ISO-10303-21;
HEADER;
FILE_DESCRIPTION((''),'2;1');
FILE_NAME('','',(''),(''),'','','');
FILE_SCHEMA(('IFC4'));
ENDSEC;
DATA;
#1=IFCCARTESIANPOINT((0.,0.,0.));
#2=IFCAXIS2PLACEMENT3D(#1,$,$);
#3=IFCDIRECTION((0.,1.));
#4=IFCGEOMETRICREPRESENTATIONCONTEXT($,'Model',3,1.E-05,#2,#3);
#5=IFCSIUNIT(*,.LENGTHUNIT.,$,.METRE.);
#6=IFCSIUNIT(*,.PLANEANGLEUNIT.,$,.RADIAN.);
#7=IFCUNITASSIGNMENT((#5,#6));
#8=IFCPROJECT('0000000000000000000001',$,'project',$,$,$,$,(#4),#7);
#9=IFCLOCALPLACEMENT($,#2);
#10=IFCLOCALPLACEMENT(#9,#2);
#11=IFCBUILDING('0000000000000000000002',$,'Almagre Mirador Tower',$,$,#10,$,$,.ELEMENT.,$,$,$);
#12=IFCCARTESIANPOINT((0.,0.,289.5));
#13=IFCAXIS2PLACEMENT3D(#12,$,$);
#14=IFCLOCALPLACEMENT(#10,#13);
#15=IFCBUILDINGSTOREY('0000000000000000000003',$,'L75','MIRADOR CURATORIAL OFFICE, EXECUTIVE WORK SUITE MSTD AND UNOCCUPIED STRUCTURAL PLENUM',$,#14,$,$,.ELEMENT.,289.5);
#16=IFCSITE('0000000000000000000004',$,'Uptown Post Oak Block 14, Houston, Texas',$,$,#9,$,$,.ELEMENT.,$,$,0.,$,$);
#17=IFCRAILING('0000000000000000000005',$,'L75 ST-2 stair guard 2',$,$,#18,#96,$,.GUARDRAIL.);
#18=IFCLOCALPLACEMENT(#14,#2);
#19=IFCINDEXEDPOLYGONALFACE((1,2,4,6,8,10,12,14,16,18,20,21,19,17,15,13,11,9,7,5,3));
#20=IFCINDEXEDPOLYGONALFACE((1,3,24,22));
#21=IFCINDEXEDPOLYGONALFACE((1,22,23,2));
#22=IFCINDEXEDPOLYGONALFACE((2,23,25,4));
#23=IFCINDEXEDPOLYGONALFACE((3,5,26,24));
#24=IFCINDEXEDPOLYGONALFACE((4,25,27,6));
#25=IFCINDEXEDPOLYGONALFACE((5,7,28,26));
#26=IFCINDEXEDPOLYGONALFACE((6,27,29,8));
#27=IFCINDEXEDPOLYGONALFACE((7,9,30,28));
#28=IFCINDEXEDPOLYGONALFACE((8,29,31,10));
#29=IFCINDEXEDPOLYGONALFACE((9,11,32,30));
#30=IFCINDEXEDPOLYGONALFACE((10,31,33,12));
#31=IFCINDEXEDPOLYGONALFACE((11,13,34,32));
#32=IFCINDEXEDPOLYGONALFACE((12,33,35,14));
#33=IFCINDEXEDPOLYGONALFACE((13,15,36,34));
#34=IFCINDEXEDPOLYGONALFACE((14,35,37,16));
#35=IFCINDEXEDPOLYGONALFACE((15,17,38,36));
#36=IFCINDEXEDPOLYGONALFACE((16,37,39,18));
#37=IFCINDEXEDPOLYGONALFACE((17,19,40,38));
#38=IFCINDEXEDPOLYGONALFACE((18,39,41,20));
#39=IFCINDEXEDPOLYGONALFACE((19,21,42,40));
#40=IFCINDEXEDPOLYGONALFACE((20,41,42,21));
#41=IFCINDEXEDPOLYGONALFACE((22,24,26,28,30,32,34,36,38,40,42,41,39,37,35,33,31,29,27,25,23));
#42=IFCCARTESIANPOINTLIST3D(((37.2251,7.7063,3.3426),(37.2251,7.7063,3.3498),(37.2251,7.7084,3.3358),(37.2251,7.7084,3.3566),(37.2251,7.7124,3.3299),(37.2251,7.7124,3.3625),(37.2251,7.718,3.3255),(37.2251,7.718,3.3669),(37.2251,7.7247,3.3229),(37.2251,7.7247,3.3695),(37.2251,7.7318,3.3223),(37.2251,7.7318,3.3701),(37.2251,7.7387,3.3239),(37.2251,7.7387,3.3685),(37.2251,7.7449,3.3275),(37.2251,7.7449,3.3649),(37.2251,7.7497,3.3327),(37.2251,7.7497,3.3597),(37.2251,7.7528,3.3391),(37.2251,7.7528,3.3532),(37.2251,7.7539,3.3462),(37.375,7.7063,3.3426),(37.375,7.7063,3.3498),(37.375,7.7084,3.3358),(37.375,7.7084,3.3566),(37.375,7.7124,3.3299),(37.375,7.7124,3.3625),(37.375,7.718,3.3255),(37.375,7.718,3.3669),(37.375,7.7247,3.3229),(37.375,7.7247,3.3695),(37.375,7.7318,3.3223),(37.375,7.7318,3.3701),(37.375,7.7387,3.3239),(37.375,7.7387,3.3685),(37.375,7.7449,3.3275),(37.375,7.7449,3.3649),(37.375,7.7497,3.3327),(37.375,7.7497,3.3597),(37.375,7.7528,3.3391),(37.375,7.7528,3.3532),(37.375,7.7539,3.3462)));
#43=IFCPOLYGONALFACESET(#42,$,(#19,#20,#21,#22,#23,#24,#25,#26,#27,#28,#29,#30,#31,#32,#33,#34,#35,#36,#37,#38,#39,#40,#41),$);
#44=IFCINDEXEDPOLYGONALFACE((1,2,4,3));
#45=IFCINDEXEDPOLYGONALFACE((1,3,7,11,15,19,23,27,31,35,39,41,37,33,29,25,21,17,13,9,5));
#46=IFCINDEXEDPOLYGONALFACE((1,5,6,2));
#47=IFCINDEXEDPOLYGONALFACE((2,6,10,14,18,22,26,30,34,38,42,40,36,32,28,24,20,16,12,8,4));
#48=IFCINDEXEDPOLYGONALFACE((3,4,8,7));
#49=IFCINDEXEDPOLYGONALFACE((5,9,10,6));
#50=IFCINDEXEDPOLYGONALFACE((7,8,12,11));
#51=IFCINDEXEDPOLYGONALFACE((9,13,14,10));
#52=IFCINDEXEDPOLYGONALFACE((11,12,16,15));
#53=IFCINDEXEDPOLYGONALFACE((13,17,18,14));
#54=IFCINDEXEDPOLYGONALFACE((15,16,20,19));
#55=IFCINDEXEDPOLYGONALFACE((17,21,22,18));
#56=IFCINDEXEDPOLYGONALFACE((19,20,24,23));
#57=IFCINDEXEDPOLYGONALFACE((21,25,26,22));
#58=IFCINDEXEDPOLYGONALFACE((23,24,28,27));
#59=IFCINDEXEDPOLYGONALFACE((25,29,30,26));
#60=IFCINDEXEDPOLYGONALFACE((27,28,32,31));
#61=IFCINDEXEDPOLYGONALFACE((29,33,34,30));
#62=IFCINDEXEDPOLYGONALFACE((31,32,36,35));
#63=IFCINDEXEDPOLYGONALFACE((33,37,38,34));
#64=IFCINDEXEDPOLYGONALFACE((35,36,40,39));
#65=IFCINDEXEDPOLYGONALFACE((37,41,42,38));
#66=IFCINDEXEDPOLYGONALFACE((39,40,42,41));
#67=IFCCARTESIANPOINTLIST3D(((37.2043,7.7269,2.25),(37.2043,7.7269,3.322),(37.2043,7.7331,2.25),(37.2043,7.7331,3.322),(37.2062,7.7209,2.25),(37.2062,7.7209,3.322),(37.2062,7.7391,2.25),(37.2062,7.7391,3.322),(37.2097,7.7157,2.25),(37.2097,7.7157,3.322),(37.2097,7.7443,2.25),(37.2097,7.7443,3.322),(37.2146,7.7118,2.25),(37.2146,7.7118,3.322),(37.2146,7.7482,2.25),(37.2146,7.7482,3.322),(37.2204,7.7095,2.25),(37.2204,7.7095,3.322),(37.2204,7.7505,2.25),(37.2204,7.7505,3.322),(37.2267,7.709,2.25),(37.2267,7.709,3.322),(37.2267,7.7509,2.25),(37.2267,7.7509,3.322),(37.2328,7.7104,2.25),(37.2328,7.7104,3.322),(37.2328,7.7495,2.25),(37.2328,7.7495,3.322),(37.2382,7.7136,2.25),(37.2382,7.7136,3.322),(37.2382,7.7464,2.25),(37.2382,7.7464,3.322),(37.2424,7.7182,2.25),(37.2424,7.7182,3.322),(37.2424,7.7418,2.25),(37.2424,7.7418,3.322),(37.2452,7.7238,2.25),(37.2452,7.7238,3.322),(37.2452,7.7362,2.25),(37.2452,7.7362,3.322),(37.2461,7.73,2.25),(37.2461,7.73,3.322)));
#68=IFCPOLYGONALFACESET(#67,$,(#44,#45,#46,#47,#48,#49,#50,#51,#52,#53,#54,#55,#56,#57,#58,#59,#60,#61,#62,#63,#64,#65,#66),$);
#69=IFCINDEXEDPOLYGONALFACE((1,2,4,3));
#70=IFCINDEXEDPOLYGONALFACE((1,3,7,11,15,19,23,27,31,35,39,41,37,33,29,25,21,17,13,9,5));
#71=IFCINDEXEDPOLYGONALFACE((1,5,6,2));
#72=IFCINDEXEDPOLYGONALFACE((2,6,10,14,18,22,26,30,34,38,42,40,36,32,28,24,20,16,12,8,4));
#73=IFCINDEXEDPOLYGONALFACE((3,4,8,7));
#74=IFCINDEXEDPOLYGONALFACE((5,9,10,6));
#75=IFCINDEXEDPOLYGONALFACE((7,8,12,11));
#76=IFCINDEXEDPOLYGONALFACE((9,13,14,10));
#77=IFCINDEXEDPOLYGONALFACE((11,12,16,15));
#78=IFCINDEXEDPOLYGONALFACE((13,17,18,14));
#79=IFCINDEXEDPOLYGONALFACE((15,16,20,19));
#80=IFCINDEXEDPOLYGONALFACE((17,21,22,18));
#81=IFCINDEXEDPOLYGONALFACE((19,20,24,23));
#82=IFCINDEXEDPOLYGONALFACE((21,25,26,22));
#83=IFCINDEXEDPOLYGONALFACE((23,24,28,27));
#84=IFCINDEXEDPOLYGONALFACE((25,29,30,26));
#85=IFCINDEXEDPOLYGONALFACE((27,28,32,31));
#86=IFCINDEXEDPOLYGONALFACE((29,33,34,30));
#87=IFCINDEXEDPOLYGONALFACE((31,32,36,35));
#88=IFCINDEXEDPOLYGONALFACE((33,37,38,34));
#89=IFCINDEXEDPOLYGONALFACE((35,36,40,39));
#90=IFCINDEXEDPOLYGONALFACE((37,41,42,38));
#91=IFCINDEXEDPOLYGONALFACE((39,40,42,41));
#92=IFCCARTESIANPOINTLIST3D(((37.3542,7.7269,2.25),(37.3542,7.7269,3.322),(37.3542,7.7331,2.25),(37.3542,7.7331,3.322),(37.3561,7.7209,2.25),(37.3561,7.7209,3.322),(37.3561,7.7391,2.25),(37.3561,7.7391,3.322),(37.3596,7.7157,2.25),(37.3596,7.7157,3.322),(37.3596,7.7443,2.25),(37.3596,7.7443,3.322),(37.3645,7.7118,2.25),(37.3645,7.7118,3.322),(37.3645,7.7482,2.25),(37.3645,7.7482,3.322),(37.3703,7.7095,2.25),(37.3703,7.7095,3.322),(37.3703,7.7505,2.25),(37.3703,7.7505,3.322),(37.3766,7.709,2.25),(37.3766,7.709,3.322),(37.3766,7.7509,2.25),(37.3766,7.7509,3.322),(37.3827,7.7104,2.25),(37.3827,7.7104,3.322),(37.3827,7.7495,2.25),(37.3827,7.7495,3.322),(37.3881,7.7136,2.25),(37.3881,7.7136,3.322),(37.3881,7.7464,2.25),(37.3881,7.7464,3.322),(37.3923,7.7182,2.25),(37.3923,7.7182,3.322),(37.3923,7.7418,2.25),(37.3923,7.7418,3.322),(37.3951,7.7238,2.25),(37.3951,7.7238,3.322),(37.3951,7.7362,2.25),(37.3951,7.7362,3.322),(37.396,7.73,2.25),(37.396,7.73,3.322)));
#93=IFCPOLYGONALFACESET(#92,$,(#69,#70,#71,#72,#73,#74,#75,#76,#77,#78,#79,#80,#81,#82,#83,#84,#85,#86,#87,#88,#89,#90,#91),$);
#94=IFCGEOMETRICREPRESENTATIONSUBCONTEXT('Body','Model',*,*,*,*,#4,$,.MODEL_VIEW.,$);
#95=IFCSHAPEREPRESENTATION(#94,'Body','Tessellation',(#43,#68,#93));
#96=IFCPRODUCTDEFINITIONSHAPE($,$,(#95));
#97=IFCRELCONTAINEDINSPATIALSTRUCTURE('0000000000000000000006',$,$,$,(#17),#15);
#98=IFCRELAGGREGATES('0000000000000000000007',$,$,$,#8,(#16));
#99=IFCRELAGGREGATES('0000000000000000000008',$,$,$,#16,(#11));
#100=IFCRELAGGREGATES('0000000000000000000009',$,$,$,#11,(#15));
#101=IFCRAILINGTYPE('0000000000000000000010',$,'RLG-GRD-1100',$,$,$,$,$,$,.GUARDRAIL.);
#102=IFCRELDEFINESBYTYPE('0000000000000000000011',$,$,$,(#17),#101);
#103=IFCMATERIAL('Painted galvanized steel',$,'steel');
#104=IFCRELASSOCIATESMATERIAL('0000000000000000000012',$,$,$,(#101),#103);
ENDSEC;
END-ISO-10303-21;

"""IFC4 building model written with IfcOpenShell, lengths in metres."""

from ifc_helpers import new_model, si_unit, direction, frame, origin, origin_2d, place, context, subcontext, project, spatial, circle, extrude, material, type_object, element, save


model = new_model("IFC4")

# Units and contexts
model_context = context("Model", 3, precision=1e-05, world=origin(), true_north=direction((0.0, 1.0)))
body_context = subcontext(model_context, "Body", "Model", "MODEL_VIEW")
ifc_project = project(units=[si_unit("LENGTHUNIT", "METRE"), si_unit("PLANEANGLEUNIT", "RADIAN")], contexts=[model_context])

# Site, building, storey
site_placement = place(None, origin())
site = spatial("IfcSite", under=ifc_project, at=site_placement, Name="Uptown Post Oak Block 14, Houston, Texas", CompositionType="ELEMENT", RefElevation=0.0)
building_placement = place(site_placement, origin())
building = spatial("IfcBuilding", under=site, at=building_placement, Name="Almagre Mirador Tower", CompositionType="ELEMENT")
storey_placement = place(building_placement, frame((0.0, 0.0, 289.5)))
storey = spatial("IfcBuildingStorey", under=building, at=storey_placement, Name="L75", Description="MIRADOR CURATORIAL OFFICE, EXECUTIVE WORK SUITE MSTD AND UNOCCUPIED STRUCTURAL PLENUM", CompositionType="ELEMENT", Elevation=289.5)

# Railing
ifc_material_1 = material(Name="Painted galvanized steel", Category="steel")
railing_type_1 = type_object("IfcRailingType", Name="RLG-GRD-1100", PredefinedType="GUARDRAIL", material=ifc_material_1)
railing_1_placement = place(storey_placement, frame((37.2251, 7.73, 2.25)))
element("IfcRailing", 1, at=railing_1_placement, inside=storey, type_object=railing_type_1, Name="L75 ST-2 stair guard 2", PredefinedType="GUARDRAIL", context=body_context, shape_type="SweptSolid", body=[
    extrude(circle(Radius=0.0239, at=origin_2d()), frame((0.0, 0.0, 1.0962), z_axis=(1.0, 0.0, 0.0), x_axis=(0.0, 1.0, 0.0)), (0.0, 0.0, 1.0), 0.1499),
    extrude(circle(Radius=0.021, at=origin_2d()), origin(), (0.0, 0.0, 1.0), 1.072),
    extrude(circle(Radius=0.021, at=origin_2d()), frame((0.1499, 0.0, 0.0)), (0.0, 0.0, 1.0), 1.072),
])

save(model, "model.ifc")
